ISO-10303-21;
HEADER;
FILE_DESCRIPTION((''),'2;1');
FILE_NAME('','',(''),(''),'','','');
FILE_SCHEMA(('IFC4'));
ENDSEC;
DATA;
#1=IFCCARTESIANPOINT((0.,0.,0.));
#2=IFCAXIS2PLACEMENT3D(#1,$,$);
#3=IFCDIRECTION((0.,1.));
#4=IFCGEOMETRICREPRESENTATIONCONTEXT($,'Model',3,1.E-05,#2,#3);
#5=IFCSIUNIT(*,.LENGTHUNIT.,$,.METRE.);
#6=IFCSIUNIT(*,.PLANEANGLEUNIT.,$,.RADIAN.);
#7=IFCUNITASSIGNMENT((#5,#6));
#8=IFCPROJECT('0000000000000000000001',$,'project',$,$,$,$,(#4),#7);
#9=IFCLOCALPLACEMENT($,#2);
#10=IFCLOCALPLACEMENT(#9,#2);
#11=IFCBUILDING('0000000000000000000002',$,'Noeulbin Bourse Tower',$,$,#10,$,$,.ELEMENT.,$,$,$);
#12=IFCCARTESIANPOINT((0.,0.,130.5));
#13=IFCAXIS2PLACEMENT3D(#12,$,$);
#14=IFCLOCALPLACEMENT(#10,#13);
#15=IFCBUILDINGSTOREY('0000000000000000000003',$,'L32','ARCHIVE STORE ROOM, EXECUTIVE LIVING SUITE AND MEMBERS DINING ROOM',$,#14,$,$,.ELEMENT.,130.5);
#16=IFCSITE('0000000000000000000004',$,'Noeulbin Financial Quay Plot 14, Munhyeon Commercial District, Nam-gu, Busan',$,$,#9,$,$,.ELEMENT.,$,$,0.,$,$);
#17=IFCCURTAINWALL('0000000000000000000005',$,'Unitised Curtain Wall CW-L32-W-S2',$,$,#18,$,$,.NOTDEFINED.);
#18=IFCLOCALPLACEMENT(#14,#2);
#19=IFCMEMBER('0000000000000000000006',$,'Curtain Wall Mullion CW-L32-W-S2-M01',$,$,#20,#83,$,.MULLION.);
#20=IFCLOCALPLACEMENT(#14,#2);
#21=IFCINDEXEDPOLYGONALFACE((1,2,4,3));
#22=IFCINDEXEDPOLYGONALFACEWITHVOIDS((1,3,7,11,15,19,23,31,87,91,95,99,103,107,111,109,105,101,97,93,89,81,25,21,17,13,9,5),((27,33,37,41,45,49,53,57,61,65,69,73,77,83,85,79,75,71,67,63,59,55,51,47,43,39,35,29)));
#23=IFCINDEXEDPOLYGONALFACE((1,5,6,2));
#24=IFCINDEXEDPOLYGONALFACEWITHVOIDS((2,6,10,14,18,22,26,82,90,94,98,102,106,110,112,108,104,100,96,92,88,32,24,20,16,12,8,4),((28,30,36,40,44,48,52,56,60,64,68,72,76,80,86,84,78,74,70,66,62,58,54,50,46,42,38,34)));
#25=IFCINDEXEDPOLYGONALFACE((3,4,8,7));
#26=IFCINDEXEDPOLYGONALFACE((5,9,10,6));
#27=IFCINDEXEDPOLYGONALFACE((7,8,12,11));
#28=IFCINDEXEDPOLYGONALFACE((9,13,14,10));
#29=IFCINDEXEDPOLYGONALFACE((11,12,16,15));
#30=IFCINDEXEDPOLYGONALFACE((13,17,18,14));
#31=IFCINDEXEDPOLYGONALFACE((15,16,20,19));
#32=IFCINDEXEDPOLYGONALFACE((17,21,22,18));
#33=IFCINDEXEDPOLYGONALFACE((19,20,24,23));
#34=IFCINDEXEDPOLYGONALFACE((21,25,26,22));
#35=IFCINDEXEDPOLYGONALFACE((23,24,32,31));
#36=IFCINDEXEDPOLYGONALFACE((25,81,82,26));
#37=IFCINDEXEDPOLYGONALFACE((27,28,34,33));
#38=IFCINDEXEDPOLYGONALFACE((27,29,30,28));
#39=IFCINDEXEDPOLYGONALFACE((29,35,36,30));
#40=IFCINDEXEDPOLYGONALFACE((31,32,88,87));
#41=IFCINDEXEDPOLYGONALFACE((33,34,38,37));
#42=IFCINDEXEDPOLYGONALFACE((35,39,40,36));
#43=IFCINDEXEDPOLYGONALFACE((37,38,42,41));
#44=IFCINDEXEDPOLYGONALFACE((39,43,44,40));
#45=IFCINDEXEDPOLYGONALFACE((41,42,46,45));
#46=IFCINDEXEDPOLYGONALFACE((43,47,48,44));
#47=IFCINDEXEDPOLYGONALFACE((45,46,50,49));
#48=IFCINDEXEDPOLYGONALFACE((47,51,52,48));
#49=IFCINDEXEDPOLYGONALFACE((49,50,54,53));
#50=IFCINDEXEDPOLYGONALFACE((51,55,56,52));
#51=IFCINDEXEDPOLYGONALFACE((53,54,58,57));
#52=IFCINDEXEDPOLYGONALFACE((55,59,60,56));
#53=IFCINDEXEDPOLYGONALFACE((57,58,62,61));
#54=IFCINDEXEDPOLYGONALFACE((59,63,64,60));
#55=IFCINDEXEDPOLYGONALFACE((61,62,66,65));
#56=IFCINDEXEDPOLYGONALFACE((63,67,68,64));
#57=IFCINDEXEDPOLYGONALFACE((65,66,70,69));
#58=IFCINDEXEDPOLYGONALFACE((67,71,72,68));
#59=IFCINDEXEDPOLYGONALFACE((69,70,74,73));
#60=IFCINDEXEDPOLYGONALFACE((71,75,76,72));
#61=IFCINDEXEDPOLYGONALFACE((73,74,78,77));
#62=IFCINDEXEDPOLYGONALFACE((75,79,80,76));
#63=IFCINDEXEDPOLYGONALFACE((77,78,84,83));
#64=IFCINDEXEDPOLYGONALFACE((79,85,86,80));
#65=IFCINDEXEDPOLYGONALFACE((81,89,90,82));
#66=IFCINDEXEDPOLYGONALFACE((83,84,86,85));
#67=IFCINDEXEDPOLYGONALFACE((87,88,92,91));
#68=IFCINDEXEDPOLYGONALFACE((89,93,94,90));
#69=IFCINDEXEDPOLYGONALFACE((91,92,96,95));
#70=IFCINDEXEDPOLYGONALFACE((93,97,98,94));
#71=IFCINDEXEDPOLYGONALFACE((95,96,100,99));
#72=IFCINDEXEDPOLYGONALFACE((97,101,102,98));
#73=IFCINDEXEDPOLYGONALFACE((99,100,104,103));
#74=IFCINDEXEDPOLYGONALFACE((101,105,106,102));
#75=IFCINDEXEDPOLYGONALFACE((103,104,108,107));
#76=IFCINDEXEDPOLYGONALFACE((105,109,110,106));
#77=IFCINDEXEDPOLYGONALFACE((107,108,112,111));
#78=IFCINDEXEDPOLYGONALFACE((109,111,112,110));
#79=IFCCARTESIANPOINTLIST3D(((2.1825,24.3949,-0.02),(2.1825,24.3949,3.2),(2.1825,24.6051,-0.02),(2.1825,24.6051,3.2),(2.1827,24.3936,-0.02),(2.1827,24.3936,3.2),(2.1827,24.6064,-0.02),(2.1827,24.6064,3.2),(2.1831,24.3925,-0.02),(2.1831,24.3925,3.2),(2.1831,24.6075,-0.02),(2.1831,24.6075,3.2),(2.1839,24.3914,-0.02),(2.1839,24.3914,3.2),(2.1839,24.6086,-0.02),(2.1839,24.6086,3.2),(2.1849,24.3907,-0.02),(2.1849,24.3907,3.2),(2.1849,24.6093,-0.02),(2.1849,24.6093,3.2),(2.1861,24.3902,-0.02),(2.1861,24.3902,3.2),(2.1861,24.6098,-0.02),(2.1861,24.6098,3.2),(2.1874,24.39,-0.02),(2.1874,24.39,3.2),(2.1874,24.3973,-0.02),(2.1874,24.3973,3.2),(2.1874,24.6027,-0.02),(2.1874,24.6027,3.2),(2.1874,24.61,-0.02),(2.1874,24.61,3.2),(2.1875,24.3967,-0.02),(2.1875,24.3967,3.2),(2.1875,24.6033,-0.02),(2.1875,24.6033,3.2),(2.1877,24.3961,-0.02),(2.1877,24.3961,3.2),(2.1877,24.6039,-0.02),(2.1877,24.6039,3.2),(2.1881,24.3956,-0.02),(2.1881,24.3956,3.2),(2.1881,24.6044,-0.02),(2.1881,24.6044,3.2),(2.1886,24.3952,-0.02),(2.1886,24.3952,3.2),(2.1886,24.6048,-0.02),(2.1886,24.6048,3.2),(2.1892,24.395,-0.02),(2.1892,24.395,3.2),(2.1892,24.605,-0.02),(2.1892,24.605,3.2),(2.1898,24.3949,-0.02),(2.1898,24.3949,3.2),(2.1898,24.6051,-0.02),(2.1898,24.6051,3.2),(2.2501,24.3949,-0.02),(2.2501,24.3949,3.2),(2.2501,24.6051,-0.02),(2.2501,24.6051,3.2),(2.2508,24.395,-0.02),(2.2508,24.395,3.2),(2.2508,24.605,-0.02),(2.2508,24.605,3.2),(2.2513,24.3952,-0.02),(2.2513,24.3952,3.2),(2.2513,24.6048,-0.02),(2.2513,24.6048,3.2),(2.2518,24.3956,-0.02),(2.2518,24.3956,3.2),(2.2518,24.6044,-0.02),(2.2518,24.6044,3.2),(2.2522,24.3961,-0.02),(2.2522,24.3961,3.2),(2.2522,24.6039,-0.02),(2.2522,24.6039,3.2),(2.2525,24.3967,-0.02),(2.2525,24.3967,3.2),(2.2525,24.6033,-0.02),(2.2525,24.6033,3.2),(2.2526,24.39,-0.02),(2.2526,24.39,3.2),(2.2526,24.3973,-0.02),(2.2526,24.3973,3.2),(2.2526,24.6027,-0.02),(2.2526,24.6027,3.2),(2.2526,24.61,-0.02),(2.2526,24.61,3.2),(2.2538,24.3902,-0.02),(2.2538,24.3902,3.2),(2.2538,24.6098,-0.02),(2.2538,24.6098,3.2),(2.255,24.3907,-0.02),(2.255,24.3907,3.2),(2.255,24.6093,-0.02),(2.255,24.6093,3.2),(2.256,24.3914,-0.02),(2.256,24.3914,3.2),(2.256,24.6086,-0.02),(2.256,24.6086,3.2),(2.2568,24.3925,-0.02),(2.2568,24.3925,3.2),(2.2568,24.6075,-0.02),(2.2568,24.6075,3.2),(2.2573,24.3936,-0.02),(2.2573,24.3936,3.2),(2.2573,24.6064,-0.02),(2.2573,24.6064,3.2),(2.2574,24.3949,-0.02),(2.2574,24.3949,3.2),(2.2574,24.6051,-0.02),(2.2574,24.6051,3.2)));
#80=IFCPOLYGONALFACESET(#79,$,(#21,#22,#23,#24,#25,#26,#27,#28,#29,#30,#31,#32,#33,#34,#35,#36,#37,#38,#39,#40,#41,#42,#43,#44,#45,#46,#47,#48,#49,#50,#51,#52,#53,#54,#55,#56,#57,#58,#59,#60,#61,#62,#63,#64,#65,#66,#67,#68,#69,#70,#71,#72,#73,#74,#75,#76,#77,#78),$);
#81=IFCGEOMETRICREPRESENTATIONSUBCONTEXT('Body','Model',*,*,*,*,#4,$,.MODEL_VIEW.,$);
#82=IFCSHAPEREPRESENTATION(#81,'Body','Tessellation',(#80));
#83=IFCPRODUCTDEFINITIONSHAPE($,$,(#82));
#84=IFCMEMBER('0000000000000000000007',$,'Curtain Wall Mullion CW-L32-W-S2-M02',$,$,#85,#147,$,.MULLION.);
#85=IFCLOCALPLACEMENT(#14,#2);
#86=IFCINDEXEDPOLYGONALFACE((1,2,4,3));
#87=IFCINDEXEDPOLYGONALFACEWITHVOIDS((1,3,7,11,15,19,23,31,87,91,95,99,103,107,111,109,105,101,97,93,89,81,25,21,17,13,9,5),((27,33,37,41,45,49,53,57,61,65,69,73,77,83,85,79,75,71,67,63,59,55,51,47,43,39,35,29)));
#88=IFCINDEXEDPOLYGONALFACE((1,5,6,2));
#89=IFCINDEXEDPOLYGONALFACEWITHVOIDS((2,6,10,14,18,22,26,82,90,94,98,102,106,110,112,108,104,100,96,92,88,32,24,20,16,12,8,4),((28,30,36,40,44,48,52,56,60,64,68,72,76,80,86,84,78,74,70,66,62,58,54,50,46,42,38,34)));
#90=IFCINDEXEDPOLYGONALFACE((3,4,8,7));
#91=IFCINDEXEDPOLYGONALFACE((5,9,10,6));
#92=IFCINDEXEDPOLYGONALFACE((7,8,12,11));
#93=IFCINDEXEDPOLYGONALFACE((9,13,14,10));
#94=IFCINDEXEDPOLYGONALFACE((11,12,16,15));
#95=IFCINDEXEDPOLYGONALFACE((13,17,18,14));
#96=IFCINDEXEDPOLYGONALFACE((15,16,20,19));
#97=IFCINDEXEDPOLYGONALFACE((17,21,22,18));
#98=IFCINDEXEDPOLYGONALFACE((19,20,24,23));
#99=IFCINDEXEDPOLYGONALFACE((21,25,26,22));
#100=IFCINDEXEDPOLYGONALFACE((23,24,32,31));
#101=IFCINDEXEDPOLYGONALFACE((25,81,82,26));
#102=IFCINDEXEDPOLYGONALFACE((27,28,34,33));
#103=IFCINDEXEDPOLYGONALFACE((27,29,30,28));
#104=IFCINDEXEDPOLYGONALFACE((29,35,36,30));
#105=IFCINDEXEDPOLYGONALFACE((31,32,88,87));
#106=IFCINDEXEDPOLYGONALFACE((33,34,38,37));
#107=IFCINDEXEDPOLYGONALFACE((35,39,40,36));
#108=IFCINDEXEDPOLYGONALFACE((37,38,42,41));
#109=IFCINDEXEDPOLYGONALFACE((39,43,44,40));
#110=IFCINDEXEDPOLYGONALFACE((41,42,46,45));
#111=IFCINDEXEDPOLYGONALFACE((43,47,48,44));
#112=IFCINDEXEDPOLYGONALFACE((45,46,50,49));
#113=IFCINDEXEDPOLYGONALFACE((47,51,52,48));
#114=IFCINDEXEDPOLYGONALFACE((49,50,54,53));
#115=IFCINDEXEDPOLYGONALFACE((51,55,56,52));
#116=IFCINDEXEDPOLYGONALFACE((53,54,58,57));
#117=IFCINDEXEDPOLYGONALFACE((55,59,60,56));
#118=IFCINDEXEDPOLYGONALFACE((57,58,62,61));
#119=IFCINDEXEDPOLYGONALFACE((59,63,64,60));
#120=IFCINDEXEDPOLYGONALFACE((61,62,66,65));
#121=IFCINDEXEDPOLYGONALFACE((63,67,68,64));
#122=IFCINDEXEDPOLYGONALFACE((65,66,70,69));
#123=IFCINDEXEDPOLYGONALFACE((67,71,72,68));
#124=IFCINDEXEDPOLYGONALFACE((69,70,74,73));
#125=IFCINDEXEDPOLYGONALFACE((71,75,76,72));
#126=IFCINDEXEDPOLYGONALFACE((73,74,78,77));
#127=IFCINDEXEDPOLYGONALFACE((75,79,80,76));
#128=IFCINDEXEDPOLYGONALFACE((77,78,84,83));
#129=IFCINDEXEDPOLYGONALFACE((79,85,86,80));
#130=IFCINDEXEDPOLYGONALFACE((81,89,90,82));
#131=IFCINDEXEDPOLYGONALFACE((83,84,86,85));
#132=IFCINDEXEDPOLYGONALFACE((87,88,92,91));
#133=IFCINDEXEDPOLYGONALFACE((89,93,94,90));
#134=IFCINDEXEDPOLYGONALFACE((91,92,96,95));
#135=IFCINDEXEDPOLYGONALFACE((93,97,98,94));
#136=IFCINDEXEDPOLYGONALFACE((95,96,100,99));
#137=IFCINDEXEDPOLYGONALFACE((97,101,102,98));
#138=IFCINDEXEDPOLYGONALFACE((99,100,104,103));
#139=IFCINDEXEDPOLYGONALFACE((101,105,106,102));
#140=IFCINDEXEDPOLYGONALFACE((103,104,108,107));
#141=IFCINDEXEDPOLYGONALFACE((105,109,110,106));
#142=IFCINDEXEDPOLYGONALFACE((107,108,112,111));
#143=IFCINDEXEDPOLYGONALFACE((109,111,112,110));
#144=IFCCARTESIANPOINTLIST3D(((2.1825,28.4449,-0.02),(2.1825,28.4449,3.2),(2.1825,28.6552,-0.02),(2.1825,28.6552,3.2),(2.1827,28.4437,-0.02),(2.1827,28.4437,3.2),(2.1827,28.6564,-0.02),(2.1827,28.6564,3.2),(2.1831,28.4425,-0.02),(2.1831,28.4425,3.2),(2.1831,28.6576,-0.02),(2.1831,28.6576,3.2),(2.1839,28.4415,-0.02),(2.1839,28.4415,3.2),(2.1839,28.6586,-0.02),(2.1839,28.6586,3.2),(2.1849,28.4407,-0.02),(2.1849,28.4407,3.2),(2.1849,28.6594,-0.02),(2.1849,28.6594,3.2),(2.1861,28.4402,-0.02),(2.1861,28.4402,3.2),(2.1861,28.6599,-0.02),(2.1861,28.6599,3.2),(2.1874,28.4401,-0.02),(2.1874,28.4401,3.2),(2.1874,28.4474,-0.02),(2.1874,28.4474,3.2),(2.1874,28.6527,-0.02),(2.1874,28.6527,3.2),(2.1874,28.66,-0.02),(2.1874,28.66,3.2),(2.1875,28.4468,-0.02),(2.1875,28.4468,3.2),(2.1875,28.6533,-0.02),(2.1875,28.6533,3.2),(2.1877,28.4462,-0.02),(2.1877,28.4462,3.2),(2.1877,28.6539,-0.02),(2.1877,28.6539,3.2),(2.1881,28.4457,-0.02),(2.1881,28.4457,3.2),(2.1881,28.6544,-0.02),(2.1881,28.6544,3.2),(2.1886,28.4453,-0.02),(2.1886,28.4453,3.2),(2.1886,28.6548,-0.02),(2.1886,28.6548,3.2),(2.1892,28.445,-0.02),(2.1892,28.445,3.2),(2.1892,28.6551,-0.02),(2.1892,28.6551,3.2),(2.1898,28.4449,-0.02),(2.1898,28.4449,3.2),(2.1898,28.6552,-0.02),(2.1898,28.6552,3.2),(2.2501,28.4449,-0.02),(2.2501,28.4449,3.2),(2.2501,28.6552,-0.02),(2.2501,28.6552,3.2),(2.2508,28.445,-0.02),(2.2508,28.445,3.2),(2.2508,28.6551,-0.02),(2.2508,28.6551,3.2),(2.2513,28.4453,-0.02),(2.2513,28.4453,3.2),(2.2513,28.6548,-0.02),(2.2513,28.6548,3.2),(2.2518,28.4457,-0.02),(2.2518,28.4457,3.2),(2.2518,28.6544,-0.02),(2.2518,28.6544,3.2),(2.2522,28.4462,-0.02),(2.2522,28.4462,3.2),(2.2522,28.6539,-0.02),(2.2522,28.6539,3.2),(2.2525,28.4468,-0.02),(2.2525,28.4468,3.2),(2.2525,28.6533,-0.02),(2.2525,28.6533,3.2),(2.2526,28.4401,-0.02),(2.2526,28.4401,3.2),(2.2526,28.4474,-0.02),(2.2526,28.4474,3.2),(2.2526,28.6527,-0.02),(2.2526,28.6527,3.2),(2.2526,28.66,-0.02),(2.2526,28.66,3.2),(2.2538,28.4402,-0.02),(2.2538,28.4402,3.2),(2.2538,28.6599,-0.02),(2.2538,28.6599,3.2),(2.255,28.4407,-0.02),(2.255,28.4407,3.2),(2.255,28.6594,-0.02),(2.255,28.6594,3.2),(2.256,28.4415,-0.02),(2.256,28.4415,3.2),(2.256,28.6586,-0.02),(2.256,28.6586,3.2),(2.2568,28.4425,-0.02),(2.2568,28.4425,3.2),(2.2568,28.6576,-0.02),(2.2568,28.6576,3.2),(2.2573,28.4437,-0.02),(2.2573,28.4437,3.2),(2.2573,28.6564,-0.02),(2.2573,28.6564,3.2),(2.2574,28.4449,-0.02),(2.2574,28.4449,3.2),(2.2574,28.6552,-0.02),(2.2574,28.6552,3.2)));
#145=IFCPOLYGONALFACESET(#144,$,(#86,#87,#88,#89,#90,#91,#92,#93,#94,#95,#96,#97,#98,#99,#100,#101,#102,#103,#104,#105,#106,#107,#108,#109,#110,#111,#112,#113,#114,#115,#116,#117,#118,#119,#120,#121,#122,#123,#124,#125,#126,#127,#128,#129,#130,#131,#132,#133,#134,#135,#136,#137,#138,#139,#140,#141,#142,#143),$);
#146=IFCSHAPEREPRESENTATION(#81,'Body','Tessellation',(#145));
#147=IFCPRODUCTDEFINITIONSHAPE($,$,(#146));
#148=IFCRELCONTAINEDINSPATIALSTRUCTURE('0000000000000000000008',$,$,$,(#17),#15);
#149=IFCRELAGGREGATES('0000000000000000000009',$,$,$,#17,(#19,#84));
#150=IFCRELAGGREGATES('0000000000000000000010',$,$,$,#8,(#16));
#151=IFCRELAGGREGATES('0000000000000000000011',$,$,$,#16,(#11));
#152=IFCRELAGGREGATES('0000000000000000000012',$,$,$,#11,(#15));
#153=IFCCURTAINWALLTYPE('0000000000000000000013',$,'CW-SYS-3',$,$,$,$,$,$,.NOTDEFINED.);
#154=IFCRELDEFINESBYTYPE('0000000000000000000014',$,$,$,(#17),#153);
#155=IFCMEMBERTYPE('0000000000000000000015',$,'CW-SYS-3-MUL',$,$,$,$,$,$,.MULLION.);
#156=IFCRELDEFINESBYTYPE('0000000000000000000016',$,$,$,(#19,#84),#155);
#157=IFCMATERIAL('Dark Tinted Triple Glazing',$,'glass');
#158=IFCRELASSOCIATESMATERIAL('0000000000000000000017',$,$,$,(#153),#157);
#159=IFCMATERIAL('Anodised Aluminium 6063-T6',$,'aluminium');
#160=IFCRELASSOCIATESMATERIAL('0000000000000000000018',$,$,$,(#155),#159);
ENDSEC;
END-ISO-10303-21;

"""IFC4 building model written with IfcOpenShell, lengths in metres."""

from ifc_helpers import new_model, si_unit, direction, frame, origin, origin_2d, place, context, subcontext, project, spatial, hollow_rectangle, extrude, material, material_profile, profile_set, type_object, element, aggregate, save


model = new_model("IFC4")

# Units and contexts
model_context = context("Model", 3, precision=1e-05, world=origin(), true_north=direction((0.0, 1.0)))
body_context = subcontext(model_context, "Body", "Model", "MODEL_VIEW")
ifc_project = project(units=[si_unit("LENGTHUNIT", "METRE"), si_unit("PLANEANGLEUNIT", "RADIAN")], contexts=[model_context])

# Site, building, storey
site_placement = place(None, origin())
site = spatial("IfcSite", under=ifc_project, at=site_placement, Name="Noeulbin Financial Quay Plot 14, Munhyeon Commercial District, Nam-gu, Busan", CompositionType="ELEMENT", RefElevation=0.0)
building_placement = place(site_placement, origin())
building = spatial("IfcBuilding", under=site, at=building_placement, Name="Noeulbin Bourse Tower", CompositionType="ELEMENT")
storey_placement = place(building_placement, frame((0.0, 0.0, 130.5)))
storey = spatial("IfcBuildingStorey", under=building, at=storey_placement, Name="L32", Description="ARCHIVE STORE ROOM, EXECUTIVE LIVING SUITE AND MEMBERS DINING ROOM", CompositionType="ELEMENT", Elevation=130.5)

# Curtain wall, members
ifc_material_1 = material(Name="Dark Tinted Triple Glazing", Category="glass")
curtain_wall_type = type_object("IfcCurtainWallType", Name="CW-SYS-3", PredefinedType="NOTDEFINED", material=ifc_material_1)
curtain_wall_placement = place(storey_placement, origin())
curtain_wall = element("IfcCurtainWall", 1, at=curtain_wall_placement, inside=storey, type_object=curtain_wall_type, Name="Unitised Curtain Wall CW-L32-W-S2", PredefinedType="NOTDEFINED")
ifc_material_2 = material(Name="Anodised Aluminium 6063-T6", Category="aluminium")
ifc_material_profile_1 = material_profile(ifc_material_2, hollow_rectangle(XDim=0.075, YDim=0.22, WallThickness=0.0049, InnerFilletRadius=0.0024, OuterFilletRadius=0.0049, at=origin_2d()), Name="ALU-MULL-75x220x5", Category="LoadBearing")
ifc_profile_set_1 = profile_set([ifc_material_profile_1], Name="Anodised Aluminium 6063-T6")
member_type_1 = type_object("IfcMemberType", Name="CW-SYS-3-MUL", PredefinedType="MULLION", material=ifc_profile_set_1)
member_1_placement = place(storey_placement, frame((2.22, 24.5, -0.02), z_axis=(0.0, 0.0, 1.0), x_axis=(1.0, 0.0, 0.0)))
member_1 = element("IfcMember", 2, at=member_1_placement, type_object=member_type_1, Name="Curtain Wall Mullion CW-L32-W-S2-M01", PredefinedType="MULLION", context=body_context, shape_type="SweptSolid", body=[
    extrude(hollow_rectangle(XDim=0.075, YDim=0.22, WallThickness=0.0049, InnerFilletRadius=0.0024, OuterFilletRadius=0.0049, at=origin_2d()), origin(), (0.0, 0.0, 1.0), 3.22),
])
member_2_placement = place(storey_placement, frame((2.22, 28.55, -0.02), z_axis=(0.0, 0.0, 1.0), x_axis=(1.0, 0.0, 0.0)))
member_2 = element("IfcMember", 3, at=member_2_placement, type_object=member_type_1, Name="Curtain Wall Mullion CW-L32-W-S2-M02", PredefinedType="MULLION", context=body_context, shape_type="SweptSolid", body=[
    extrude(hollow_rectangle(XDim=0.075, YDim=0.22, WallThickness=0.0049, InnerFilletRadius=0.0024, OuterFilletRadius=0.0049, at=origin_2d()), origin(), (0.0, 0.0, 1.0), 3.22),
])
aggregate(curtain_wall, [member_1, member_2])

save(model, "model.ifc")
